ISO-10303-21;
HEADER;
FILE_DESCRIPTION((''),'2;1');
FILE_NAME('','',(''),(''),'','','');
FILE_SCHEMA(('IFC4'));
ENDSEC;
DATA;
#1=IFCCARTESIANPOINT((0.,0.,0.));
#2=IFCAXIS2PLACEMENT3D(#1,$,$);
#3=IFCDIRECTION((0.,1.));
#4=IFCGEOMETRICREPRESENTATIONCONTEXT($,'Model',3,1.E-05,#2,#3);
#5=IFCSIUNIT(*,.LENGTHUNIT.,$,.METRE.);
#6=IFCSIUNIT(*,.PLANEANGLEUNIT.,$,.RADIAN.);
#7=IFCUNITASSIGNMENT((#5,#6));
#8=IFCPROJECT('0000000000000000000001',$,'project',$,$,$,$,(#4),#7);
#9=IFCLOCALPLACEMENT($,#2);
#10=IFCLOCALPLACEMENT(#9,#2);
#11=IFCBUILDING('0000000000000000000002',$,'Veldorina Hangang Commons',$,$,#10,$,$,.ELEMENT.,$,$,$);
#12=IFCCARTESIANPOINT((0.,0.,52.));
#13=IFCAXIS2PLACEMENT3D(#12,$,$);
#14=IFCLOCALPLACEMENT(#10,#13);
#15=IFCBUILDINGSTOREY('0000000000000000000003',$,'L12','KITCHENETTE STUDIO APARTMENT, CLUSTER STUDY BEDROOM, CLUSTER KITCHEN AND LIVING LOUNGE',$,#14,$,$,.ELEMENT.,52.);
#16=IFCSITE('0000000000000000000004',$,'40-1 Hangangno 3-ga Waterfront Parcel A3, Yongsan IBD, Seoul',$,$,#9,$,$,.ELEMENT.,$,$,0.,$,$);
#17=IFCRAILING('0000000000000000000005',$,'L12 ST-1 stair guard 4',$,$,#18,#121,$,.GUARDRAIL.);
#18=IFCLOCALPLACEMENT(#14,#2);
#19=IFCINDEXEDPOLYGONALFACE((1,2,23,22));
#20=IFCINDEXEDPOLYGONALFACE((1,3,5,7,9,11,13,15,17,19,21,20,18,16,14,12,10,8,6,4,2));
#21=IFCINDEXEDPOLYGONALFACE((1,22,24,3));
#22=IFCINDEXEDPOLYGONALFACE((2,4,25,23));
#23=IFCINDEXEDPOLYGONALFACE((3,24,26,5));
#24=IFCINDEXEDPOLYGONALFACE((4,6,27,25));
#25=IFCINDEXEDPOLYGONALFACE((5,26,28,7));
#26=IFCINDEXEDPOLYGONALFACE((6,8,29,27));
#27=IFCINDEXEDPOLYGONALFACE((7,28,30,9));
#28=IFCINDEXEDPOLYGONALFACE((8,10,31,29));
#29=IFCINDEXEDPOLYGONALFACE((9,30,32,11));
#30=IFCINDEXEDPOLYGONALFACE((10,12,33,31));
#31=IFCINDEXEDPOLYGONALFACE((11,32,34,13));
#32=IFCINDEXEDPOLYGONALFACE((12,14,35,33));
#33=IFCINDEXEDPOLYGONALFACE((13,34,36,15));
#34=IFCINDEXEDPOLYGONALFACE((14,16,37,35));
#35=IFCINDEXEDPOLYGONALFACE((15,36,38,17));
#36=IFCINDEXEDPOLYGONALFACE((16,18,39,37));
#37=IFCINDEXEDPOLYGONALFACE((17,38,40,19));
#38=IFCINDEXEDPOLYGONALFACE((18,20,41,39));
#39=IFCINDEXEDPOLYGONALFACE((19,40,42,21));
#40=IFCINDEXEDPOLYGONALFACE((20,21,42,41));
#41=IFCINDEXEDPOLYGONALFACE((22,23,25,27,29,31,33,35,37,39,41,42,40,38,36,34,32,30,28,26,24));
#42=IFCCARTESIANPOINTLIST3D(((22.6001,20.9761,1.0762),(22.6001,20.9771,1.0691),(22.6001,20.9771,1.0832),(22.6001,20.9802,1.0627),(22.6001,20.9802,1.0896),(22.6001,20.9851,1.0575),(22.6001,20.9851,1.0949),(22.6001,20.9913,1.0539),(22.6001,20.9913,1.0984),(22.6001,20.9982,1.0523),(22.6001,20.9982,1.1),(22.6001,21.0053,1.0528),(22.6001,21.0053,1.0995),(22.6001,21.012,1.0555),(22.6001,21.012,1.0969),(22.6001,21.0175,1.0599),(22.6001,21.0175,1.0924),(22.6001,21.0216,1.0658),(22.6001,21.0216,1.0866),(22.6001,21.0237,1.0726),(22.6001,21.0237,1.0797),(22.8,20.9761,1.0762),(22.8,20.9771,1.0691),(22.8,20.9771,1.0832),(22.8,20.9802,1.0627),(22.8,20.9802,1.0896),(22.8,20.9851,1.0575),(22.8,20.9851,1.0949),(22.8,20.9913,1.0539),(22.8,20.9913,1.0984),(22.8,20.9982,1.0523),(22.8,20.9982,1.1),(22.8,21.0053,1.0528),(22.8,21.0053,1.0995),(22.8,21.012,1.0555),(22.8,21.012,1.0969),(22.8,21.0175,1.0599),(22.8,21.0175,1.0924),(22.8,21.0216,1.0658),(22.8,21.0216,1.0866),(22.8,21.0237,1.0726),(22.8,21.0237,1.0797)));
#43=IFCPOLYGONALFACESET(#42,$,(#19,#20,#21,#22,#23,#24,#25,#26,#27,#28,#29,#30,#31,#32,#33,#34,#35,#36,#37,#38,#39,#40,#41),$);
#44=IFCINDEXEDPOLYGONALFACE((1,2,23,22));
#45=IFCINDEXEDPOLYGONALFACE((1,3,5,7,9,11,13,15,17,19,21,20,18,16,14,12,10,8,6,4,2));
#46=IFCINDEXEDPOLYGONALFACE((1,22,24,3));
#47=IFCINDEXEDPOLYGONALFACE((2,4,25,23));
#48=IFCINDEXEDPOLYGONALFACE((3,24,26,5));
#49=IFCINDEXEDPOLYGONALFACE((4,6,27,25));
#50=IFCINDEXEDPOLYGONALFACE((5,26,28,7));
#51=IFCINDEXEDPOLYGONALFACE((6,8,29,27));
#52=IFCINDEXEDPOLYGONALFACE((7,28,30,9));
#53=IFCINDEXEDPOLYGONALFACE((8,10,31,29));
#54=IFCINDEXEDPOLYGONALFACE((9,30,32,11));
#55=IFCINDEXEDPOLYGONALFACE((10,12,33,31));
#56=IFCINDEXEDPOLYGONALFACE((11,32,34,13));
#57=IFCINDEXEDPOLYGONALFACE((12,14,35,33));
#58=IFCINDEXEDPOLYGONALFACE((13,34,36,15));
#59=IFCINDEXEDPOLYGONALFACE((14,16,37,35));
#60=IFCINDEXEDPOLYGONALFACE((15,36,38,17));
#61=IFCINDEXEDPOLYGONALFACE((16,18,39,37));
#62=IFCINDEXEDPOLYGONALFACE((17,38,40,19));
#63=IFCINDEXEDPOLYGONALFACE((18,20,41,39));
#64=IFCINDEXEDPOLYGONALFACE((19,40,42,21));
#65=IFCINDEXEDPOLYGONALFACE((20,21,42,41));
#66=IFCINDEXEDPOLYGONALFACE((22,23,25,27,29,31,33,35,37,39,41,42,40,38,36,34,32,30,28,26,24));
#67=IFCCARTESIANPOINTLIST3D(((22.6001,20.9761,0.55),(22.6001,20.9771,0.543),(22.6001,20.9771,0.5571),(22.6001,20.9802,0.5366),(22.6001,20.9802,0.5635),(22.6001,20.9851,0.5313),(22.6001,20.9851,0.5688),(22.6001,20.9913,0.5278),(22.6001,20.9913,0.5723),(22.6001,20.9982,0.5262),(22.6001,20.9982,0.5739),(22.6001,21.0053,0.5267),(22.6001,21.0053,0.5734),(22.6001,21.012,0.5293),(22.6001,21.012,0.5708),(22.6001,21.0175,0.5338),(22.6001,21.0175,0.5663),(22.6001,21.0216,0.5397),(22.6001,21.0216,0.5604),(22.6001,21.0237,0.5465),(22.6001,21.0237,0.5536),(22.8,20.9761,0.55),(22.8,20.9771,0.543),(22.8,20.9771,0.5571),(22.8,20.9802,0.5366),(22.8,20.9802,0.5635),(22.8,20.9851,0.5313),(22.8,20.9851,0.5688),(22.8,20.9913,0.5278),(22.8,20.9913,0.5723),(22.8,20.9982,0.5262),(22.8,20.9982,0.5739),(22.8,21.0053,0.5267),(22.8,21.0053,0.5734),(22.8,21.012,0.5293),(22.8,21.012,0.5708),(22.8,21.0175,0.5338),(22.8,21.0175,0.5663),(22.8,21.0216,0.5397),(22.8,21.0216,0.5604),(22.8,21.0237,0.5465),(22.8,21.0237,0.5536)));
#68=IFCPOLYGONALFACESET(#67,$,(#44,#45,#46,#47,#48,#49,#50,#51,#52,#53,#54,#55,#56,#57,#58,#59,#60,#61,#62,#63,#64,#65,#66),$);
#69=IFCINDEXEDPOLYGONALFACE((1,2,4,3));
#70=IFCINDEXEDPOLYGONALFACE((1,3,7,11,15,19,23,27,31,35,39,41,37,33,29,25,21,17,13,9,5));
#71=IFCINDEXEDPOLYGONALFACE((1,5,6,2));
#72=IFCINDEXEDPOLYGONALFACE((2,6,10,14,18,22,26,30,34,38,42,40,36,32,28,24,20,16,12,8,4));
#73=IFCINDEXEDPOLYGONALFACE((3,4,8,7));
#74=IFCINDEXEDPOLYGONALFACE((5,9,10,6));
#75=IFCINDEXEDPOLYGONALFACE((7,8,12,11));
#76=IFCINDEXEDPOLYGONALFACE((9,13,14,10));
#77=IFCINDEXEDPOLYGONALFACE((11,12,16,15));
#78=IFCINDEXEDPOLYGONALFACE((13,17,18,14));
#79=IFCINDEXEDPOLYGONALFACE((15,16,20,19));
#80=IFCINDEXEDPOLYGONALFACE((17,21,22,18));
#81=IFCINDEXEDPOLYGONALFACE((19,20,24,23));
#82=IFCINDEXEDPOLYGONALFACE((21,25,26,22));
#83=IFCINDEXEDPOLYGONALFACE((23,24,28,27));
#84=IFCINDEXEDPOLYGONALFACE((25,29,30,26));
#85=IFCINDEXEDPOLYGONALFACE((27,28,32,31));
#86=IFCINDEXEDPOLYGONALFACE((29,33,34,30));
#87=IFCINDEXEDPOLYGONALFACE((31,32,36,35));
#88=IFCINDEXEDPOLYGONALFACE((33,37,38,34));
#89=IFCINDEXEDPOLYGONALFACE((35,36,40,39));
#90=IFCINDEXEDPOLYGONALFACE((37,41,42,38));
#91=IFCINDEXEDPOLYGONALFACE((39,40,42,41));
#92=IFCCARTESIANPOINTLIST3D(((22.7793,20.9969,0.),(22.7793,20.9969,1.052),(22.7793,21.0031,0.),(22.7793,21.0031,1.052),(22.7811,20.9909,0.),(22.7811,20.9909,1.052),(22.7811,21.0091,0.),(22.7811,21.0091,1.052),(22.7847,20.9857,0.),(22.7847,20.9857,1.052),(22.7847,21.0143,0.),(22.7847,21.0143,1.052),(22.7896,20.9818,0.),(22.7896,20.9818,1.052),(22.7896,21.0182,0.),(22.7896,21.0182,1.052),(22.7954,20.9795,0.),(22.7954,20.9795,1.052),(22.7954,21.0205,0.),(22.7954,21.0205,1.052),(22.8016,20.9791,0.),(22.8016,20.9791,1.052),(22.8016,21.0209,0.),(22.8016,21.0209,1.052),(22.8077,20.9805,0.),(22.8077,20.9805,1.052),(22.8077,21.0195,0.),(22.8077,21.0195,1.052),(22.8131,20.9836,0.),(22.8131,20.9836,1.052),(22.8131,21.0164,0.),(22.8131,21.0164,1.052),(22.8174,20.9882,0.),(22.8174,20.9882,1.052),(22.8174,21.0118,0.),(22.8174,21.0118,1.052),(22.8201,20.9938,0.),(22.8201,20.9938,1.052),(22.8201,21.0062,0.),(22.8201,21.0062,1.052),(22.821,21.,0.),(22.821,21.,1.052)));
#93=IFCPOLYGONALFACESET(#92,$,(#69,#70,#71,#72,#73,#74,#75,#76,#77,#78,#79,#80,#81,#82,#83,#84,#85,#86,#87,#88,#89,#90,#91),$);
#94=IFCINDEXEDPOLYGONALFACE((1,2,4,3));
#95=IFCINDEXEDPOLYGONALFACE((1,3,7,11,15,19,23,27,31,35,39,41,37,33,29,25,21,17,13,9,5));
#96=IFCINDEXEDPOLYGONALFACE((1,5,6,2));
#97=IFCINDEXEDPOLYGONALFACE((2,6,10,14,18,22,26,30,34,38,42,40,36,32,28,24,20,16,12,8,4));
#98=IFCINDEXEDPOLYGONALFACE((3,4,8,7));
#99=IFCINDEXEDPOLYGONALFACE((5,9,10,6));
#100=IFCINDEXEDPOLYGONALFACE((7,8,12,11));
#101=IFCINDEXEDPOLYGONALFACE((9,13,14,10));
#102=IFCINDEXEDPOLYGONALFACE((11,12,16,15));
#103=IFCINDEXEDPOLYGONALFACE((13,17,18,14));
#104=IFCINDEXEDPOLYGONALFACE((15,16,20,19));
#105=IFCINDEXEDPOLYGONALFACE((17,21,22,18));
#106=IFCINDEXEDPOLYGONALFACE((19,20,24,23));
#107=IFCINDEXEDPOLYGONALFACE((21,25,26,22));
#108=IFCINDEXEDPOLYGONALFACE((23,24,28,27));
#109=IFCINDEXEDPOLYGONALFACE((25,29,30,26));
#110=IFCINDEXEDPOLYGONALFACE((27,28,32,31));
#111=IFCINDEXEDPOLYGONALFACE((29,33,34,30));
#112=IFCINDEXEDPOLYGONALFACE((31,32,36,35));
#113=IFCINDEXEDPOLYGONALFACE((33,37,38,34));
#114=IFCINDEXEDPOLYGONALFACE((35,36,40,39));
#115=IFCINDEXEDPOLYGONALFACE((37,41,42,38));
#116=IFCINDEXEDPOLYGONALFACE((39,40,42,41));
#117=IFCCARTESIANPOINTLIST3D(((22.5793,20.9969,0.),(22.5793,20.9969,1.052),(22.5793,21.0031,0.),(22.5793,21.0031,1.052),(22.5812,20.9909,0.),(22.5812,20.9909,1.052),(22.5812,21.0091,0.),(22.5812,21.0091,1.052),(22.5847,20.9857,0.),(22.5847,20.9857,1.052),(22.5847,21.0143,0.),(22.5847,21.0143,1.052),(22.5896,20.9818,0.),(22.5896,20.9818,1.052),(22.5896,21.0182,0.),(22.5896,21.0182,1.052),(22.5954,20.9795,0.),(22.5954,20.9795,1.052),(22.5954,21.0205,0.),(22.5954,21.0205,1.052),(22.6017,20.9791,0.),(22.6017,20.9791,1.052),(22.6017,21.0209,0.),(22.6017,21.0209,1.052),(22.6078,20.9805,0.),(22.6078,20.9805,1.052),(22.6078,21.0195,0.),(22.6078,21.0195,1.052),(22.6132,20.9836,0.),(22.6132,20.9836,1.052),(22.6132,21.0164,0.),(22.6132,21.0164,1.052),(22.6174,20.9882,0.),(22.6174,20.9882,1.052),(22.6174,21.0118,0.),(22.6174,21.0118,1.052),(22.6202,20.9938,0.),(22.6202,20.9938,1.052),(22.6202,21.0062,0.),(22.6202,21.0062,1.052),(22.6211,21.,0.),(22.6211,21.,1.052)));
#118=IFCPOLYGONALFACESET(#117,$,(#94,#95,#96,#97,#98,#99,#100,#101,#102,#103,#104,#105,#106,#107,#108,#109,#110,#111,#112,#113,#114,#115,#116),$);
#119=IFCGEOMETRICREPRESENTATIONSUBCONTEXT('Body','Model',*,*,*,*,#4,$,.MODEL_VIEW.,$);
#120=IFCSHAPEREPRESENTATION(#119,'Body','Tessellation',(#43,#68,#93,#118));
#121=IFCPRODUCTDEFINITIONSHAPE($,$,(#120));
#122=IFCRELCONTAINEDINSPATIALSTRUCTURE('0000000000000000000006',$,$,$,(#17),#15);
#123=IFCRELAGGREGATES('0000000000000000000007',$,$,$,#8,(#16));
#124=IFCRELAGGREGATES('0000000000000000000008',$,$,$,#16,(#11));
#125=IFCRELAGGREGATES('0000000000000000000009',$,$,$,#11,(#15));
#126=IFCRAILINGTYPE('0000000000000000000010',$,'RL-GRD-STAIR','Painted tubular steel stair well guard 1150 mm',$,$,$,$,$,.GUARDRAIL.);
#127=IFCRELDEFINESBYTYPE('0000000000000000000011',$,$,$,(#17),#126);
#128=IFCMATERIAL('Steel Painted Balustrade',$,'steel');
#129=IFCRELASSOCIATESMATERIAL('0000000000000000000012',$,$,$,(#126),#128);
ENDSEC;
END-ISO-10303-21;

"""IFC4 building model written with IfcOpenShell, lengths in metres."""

from ifc_helpers import new_model, si_unit, direction, frame, origin, origin_2d, place, context, subcontext, project, spatial, circle, extrude, material, type_object, element, save


model = new_model("IFC4")

# Units and contexts
model_context = context("Model", 3, precision=1e-05, world=origin(), true_north=direction((0.0, 1.0)))
body_context = subcontext(model_context, "Body", "Model", "MODEL_VIEW")
ifc_project = project(units=[si_unit("LENGTHUNIT", "METRE"), si_unit("PLANEANGLEUNIT", "RADIAN")], contexts=[model_context])

# Site, building, storey
site_placement = place(None, origin())
site = spatial("IfcSite", under=ifc_project, at=site_placement, Name="40-1 Hangangno 3-ga Waterfront Parcel A3, Yongsan IBD, Seoul", CompositionType="ELEMENT", RefElevation=0.0)
building_placement = place(site_placement, origin())
building = spatial("IfcBuilding", under=site, at=building_placement, Name="Veldorina Hangang Commons", CompositionType="ELEMENT")
storey_placement = place(building_placement, frame((0.0, 0.0, 52.0)))
storey = spatial("IfcBuildingStorey", under=building, at=storey_placement, Name="L12", Description="KITCHENETTE STUDIO APARTMENT, CLUSTER STUDY BEDROOM, CLUSTER KITCHEN AND LIVING LOUNGE", CompositionType="ELEMENT", Elevation=52.0)

# Railing
ifc_material_1 = material(Name="Steel Painted Balustrade", Category="steel")
railing_type_1 = type_object("IfcRailingType", Name="RL-GRD-STAIR", Description="Painted tubular steel stair well guard 1150 mm", PredefinedType="GUARDRAIL", material=ifc_material_1)
railing_1_placement = place(storey_placement, frame((22.8, 21.0, 0.0)))
element("IfcRailing", 1, at=railing_1_placement, inside=storey, type_object=railing_type_1, Name="L12 ST-1 stair guard 4", PredefinedType="GUARDRAIL", context=body_context, shape_type="SweptSolid", body=[
    extrude(circle(Radius=0.0239, at=origin_2d()), frame((0.0, 0.0, 1.0762), z_axis=(-1.0, 0.0, 0.0), x_axis=(0.0, -1.0, 0.0)), (0.0, 0.0, 1.0), 0.2),
    extrude(circle(Radius=0.0239, at=origin_2d()), frame((0.0, 0.0, 0.55), z_axis=(-1.0, 0.0, 0.0), x_axis=(0.0, -1.0, 0.0)), (0.0, 0.0, 1.0), 0.2),
    extrude(circle(Radius=0.021, at=origin_2d()), origin(), (0.0, 0.0, 1.0), 1.052),
    extrude(circle(Radius=0.021, at=origin_2d()), frame((-0.2, 0.0, 0.0)), (0.0, 0.0, 1.0), 1.052),
])

save(model, "model.ifc")
